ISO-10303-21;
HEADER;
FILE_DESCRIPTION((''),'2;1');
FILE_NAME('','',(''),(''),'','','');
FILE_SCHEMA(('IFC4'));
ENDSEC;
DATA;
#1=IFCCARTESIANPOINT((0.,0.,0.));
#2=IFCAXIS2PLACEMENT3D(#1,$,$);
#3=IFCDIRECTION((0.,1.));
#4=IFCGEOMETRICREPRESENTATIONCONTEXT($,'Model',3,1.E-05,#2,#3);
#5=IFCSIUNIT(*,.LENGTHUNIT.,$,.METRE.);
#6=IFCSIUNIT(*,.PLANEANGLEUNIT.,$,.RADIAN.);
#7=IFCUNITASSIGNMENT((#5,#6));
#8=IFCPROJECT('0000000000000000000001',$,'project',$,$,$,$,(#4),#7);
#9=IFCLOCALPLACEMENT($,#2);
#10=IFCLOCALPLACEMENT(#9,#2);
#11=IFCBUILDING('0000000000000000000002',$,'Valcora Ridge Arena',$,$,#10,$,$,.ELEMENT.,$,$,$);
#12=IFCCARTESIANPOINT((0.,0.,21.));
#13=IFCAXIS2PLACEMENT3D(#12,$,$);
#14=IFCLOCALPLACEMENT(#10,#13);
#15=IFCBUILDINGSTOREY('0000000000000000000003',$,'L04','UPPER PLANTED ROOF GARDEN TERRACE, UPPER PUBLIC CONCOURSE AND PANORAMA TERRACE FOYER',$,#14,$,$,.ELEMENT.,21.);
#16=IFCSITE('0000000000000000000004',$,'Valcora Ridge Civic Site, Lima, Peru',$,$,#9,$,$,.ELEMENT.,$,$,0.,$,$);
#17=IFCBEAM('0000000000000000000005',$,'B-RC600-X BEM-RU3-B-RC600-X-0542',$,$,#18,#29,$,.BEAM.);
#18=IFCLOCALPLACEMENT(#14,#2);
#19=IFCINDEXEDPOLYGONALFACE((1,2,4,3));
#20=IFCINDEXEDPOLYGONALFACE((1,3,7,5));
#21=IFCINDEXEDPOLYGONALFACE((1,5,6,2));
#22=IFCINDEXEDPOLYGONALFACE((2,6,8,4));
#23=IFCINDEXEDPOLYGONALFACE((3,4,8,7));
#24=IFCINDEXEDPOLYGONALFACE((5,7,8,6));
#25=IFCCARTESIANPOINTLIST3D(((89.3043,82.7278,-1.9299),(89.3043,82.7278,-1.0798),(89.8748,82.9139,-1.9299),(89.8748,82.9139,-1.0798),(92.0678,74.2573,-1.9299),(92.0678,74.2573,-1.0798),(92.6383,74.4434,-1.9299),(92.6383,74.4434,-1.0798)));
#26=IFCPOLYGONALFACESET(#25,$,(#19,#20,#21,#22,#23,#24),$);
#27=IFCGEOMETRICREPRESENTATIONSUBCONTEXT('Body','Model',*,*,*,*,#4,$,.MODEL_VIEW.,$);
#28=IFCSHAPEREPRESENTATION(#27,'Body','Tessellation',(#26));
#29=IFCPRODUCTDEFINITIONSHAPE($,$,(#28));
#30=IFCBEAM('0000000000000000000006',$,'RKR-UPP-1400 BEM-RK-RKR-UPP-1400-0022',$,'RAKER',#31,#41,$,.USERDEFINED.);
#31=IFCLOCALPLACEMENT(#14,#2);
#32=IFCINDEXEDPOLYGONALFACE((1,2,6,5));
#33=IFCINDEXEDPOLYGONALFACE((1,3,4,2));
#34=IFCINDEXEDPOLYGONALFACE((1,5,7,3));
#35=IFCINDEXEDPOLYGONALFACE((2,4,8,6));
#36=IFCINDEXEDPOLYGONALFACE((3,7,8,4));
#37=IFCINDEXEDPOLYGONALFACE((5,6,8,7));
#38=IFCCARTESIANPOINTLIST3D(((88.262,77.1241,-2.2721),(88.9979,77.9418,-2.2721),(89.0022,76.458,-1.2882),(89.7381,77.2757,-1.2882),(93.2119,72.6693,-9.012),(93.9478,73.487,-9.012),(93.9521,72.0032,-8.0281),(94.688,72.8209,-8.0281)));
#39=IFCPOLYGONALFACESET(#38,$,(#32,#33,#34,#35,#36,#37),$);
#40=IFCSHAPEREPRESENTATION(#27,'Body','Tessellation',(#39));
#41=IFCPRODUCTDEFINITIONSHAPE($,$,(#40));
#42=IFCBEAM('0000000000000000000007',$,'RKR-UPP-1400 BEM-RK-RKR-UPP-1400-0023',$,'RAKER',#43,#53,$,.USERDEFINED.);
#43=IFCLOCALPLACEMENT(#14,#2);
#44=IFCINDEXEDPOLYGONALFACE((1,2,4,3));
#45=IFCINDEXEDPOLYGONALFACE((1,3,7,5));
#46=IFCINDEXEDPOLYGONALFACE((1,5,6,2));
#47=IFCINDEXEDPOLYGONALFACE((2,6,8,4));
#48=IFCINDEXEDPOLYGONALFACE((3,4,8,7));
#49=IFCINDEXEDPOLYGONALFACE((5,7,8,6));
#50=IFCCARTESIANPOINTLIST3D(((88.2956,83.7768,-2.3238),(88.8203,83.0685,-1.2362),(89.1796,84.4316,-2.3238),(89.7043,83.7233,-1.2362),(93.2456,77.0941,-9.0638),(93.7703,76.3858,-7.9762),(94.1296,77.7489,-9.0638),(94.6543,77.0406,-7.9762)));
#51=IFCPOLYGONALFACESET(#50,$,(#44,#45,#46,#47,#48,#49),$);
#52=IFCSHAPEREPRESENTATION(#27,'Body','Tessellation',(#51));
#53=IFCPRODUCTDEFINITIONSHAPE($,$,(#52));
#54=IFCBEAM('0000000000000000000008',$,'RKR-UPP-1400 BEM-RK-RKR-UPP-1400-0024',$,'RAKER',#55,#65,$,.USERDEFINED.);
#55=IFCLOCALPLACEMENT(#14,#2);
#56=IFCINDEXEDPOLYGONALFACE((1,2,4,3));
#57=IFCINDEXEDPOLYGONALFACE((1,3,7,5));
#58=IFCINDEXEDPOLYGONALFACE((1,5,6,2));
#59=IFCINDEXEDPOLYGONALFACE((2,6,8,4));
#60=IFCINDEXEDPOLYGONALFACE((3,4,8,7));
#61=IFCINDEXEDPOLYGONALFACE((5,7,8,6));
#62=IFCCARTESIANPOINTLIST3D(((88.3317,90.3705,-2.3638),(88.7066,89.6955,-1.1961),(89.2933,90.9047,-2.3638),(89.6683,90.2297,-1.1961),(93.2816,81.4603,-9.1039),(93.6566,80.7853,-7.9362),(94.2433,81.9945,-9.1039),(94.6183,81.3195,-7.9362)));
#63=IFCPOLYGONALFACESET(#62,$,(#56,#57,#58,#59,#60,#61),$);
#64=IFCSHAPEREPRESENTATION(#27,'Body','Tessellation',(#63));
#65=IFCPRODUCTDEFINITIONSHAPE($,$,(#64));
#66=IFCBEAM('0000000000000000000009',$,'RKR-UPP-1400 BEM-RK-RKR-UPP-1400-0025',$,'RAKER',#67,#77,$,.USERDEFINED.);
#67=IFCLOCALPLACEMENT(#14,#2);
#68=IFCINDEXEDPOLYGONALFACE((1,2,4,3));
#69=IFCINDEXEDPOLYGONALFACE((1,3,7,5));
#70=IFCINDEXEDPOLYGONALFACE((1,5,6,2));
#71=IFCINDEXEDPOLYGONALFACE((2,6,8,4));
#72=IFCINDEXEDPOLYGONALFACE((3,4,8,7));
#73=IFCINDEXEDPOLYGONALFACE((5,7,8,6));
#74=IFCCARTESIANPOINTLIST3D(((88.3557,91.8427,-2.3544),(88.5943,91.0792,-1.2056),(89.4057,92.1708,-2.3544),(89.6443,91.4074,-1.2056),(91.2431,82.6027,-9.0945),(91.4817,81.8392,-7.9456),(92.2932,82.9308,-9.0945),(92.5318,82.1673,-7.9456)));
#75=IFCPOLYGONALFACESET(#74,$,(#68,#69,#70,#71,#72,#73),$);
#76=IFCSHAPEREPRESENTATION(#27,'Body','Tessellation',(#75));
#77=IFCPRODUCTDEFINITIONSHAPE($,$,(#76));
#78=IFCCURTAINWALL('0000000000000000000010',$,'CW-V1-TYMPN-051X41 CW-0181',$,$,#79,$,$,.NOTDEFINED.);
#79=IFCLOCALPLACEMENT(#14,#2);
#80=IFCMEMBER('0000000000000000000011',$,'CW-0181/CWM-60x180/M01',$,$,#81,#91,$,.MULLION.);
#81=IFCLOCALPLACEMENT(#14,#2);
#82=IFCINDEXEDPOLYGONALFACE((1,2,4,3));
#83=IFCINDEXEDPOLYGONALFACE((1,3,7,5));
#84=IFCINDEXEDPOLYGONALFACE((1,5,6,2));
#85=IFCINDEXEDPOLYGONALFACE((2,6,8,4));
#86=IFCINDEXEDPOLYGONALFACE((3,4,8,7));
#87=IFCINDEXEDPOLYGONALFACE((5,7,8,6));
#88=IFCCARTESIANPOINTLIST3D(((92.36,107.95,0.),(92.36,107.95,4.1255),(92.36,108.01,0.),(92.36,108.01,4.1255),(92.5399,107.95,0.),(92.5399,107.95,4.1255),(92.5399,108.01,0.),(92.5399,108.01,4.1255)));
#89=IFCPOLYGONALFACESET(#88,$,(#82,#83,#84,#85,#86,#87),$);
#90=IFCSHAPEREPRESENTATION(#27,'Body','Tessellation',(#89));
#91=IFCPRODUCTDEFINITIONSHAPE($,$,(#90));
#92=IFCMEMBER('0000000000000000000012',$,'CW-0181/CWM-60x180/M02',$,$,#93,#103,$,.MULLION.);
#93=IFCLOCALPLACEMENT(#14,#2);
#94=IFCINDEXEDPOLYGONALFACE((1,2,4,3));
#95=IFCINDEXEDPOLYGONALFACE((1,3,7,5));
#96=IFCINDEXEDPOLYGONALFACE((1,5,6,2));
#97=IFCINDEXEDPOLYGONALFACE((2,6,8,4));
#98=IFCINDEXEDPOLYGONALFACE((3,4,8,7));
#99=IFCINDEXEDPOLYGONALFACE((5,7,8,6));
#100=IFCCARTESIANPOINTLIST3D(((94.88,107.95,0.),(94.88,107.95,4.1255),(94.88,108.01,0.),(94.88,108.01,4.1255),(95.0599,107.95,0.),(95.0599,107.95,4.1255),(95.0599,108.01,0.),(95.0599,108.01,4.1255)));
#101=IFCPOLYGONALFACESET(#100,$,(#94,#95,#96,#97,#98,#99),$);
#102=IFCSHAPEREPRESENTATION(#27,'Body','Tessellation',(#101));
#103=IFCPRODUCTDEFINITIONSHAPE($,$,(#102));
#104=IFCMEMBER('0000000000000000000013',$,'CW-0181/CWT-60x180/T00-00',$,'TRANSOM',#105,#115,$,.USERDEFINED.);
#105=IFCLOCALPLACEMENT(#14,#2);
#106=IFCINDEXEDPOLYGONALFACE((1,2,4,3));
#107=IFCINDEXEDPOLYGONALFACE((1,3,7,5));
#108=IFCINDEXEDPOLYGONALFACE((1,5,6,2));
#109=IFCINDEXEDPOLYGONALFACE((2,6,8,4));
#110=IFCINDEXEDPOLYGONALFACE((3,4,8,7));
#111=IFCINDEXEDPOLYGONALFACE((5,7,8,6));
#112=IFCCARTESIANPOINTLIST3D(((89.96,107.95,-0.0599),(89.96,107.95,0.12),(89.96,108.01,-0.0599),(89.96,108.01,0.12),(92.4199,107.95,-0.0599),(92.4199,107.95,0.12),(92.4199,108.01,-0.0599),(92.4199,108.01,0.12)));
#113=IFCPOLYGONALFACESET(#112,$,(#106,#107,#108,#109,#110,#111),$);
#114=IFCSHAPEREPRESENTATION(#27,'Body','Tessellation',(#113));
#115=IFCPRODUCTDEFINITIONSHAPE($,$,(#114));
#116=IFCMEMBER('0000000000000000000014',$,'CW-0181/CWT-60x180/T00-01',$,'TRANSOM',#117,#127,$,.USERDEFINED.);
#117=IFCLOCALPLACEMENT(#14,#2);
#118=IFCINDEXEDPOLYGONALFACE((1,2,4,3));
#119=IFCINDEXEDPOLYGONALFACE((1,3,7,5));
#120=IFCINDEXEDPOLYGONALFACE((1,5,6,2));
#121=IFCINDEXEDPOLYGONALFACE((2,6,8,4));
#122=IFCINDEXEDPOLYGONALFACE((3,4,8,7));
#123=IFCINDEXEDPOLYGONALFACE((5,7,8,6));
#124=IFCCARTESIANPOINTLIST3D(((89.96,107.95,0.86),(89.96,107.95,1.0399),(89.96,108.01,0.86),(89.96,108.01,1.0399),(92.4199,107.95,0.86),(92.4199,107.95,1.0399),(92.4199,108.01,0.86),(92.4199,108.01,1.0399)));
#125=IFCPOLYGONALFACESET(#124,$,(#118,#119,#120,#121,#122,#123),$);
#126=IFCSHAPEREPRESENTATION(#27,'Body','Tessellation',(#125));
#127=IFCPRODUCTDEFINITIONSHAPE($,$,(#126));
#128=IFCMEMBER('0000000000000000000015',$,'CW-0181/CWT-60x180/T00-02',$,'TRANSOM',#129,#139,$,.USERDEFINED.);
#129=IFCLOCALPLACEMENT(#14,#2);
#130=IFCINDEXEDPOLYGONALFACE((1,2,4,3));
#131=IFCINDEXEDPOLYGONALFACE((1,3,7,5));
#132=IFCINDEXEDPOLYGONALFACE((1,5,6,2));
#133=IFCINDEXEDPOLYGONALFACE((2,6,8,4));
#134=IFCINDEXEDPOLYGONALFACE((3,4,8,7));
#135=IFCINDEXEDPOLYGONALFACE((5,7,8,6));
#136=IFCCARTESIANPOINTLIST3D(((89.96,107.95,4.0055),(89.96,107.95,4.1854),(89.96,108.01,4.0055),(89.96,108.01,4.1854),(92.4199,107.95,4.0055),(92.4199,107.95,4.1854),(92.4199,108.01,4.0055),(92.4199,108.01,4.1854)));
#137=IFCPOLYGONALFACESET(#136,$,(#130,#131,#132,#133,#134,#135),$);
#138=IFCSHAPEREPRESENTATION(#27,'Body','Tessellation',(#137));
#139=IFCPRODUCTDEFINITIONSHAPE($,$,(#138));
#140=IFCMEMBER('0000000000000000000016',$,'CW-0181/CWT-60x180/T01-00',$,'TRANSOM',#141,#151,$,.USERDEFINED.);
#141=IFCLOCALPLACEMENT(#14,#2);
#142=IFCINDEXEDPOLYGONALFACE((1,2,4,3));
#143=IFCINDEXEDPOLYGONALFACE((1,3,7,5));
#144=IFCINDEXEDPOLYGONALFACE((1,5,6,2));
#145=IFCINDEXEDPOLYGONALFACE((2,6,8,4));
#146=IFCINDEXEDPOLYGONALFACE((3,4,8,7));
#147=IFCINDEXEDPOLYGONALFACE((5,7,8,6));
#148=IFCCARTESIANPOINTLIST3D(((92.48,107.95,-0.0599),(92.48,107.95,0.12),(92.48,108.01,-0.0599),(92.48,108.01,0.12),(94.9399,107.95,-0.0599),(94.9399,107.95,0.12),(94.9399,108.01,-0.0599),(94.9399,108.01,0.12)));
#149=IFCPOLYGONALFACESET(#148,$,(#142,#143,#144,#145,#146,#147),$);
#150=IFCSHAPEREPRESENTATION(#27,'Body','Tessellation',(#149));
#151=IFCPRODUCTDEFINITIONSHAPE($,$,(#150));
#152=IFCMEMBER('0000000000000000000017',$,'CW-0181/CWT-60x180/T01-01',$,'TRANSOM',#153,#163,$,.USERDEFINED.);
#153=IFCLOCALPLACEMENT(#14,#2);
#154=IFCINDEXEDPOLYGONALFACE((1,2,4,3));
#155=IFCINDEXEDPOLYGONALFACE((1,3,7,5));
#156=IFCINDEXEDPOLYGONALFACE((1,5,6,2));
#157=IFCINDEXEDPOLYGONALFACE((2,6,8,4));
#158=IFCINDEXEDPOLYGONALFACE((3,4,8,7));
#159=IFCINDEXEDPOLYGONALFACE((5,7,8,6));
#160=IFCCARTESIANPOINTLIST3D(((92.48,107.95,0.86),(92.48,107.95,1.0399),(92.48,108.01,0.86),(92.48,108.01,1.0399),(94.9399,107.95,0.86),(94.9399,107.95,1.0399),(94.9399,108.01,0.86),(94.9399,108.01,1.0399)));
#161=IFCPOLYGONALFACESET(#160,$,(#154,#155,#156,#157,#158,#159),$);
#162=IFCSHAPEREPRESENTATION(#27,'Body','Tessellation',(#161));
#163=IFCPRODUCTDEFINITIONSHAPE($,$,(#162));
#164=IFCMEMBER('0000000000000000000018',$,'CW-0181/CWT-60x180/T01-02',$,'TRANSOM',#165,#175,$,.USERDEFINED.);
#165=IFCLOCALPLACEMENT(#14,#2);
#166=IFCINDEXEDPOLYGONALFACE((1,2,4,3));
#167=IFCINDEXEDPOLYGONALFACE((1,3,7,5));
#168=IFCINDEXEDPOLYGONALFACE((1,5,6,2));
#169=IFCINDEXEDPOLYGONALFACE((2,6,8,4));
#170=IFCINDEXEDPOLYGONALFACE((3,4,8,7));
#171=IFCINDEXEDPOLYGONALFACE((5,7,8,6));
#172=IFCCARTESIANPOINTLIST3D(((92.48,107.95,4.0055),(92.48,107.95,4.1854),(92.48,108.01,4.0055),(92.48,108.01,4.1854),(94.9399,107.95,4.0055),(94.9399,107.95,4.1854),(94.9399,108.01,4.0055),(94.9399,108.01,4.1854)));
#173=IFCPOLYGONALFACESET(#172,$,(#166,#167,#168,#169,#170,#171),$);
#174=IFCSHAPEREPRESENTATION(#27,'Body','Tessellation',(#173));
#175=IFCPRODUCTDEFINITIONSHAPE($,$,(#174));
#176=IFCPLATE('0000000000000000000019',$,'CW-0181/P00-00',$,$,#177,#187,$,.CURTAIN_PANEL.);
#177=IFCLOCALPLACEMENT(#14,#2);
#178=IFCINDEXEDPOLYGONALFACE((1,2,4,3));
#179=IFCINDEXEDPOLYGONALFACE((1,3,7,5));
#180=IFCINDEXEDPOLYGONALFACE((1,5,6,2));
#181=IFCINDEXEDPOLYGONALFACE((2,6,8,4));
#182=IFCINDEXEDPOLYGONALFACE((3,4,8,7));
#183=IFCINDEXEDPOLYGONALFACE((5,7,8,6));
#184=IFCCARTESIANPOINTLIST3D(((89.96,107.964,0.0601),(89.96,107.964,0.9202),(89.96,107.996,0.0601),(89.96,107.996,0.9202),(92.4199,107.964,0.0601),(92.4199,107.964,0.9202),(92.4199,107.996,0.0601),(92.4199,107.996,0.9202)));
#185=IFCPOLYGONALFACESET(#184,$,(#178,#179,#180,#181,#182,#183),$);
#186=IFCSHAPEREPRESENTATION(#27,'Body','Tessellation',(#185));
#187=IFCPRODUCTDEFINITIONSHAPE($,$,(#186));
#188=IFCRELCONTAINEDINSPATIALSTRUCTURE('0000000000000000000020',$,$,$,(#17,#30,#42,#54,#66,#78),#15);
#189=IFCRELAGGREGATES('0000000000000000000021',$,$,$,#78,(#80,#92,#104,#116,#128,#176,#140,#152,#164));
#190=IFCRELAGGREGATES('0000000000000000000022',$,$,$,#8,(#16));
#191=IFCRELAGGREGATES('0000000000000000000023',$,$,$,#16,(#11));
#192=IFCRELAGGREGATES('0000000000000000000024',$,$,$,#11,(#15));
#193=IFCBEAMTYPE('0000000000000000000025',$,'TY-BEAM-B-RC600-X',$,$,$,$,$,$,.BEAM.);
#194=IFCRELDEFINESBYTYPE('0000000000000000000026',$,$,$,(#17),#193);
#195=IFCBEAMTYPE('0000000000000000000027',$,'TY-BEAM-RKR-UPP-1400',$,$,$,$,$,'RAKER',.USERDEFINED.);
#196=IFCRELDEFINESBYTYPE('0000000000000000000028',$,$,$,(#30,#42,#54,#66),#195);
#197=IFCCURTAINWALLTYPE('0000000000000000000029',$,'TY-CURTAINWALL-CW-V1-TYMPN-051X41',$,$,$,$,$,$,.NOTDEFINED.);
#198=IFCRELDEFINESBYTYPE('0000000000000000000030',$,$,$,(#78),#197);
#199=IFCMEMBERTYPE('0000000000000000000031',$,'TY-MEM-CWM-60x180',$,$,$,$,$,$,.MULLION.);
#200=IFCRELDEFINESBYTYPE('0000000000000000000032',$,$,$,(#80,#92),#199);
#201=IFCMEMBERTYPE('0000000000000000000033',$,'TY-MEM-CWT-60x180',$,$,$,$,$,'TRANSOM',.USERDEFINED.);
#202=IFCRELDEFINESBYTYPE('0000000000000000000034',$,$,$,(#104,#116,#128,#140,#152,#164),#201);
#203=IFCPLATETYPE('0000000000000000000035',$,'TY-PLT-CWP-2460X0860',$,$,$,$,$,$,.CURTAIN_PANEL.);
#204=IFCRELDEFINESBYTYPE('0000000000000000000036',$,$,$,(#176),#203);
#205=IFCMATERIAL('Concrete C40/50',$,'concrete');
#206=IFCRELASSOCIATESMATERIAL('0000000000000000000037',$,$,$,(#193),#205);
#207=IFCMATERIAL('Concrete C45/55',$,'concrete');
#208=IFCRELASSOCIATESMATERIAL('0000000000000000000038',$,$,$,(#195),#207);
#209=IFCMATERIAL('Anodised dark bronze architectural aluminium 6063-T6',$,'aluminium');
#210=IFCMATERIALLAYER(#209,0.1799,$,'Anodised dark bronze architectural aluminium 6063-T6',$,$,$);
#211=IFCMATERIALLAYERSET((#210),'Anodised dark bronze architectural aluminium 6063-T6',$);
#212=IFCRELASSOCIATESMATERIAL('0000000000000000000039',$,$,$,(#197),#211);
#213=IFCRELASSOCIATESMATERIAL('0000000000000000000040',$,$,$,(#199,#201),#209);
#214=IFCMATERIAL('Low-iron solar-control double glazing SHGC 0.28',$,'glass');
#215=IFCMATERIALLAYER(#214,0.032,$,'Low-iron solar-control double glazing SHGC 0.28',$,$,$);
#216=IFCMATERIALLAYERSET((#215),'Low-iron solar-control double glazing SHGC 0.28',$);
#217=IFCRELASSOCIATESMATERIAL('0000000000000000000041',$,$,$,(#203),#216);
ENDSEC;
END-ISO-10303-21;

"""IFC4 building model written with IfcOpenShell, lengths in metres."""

from ifc_helpers import new_model, si_unit, direction, frame, origin, origin_2d, place, context, subcontext, project, spatial, rectangle, extrude, material, layer, layer_set, material_profile, profile_set, type_object, element, aggregate, save


model = new_model("IFC4")

# Units and contexts
model_context = context("Model", 3, precision=1e-05, world=origin(), true_north=direction((0.0, 1.0)))
body_context = subcontext(model_context, "Body", "Model", "MODEL_VIEW")
ifc_project = project(units=[si_unit("LENGTHUNIT", "METRE"), si_unit("PLANEANGLEUNIT", "RADIAN")], contexts=[model_context])

# Site, building, storey
site_placement = place(None, origin())
site = spatial("IfcSite", under=ifc_project, at=site_placement, Name="Valcora Ridge Civic Site, Lima, Peru", CompositionType="ELEMENT", RefElevation=0.0)
building_placement = place(site_placement, origin())
building = spatial("IfcBuilding", under=site, at=building_placement, Name="Valcora Ridge Arena", CompositionType="ELEMENT")
storey_placement = place(building_placement, frame((0.0, 0.0, 21.0)))
storey = spatial("IfcBuildingStorey", under=building, at=storey_placement, Name="L04", Description="UPPER PLANTED ROOF GARDEN TERRACE, UPPER PUBLIC CONCOURSE AND PANORAMA TERRACE FOYER", CompositionType="ELEMENT", Elevation=21.0)

# Beams
ifc_material_1 = material(Name="Concrete C40/50", Category="concrete")
ifc_material_profile_1 = material_profile(ifc_material_1, rectangle(XDim=0.6001, YDim=0.8501, at=origin_2d()), Name="RC 600x850")
ifc_profile_set_1 = profile_set([ifc_material_profile_1], Name="Concrete C40/50")
beam_type_1 = type_object("IfcBeamType", Name="TY-BEAM-B-RC600-X", PredefinedType="BEAM", material=ifc_profile_set_1)
beam_1_placement = place(storey_placement, frame((92.353, 74.3503, -1.5049), z_axis=(-0.310155, 0.950686, 0.0), x_axis=(-0.950686, -0.310155, 0.0)))
element("IfcBeam", 1, at=beam_1_placement, inside=storey, type_object=beam_type_1, Name="B-RC600-X BEM-RU3-B-RC600-X-0542", PredefinedType="BEAM", context=body_context, shape_type="SweptSolid", body=[
    extrude(rectangle(XDim=0.6001, YDim=0.8501, at=origin_2d()), origin(), (0.0, 0.0, 1.0), 8.9099),
])
ifc_material_2 = material(Name="Concrete C45/55", Category="concrete")
ifc_material_profile_2 = material_profile(ifc_material_2, rectangle(XDim=1.1001, YDim=1.3999, at=origin_2d()), Name="RC 1100x1400")
ifc_profile_set_2 = profile_set([ifc_material_profile_2], Name="Concrete C45/55")
beam_type_2 = type_object("IfcBeamType", Name="TY-BEAM-RKR-UPP-1400", ElementType="RAKER", PredefinedType="USERDEFINED", material=ifc_profile_set_2)
beam_2_placement = place(storey_placement, frame((93.95, 72.7451, -8.52), z_axis=(-0.522424, 0.470169, 0.711347), x_axis=(-0.668955, -0.743303, 0.0)))
element("IfcBeam", 2, at=beam_2_placement, inside=storey, type_object=beam_type_2, Name="RKR-UPP-1400 BEM-RK-RKR-UPP-1400-0022", ObjectType="RAKER", PredefinedType="USERDEFINED", context=body_context, shape_type="SweptSolid", body=[
    extrude(rectangle(XDim=1.1001, YDim=1.3999, at=origin_2d()), origin(), (0.0, 0.0, 1.0), 9.4749),
])
beam_3_placement = place(storey_placement, frame((93.95, 77.0674, -8.52), z_axis=(-0.462417, 0.62428, 0.629639), x_axis=(-0.803565, -0.595217, 0.0)))
element("IfcBeam", 3, at=beam_3_placement, inside=storey, type_object=beam_type_2, Name="RKR-UPP-1400 BEM-RK-RKR-UPP-1400-0023", ObjectType="RAKER", PredefinedType="USERDEFINED", context=body_context, shape_type="SweptSolid", body=[
    extrude(rectangle(XDim=1.1001, YDim=1.3999, at=origin_2d()), origin(), (0.0, 0.0, 1.0), 10.7046),
])
beam_4_placement = place(storey_placement, frame((93.95, 81.3899, -8.52), z_axis=(-0.405081, 0.729165, 0.551569), x_axis=(-0.874163, -0.485633, 0.0)))
element("IfcBeam", 4, at=beam_4_placement, inside=storey, type_object=beam_type_2, Name="RKR-UPP-1400 BEM-RK-RKR-UPP-1400-0024", ObjectType="RAKER", PredefinedType="USERDEFINED", context=body_context, shape_type="SweptSolid", body=[
    extrude(rectangle(XDim=1.1001, YDim=1.3999, at=origin_2d()), origin(), (0.0, 0.0, 1.0), 12.2197),
])
beam_5_placement = place(storey_placement, frame((91.8875, 82.385, -8.52), z_axis=(-0.244785, 0.783325, 0.571386), x_axis=(-0.954481, -0.298271, 0.0)))
element("IfcBeam", 5, at=beam_5_placement, inside=storey, type_object=beam_type_2, Name="RKR-UPP-1400 BEM-RK-RKR-UPP-1400-0025", ObjectType="RAKER", PredefinedType="USERDEFINED", context=body_context, shape_type="SweptSolid", body=[
    extrude(rectangle(XDim=1.1001, YDim=1.3999, at=origin_2d()), origin(), (0.0, 0.0, 1.0), 11.7959),
])

# Curtain wall, members, plate
ifc_material_3 = material(Name="Anodised dark bronze architectural aluminium 6063-T6", Category="aluminium")
ifc_layer_1 = layer(ifc_material_3, 0.1799, Name="Anodised dark bronze architectural aluminium 6063-T6")
ifc_layer_set_1 = layer_set([ifc_layer_1], Name="Anodised dark bronze architectural aluminium 6063-T6")
curtain_wall_type = type_object("IfcCurtainWallType", Name="TY-CURTAINWALL-CW-V1-TYMPN-051X41", PredefinedType="NOTDEFINED", material=ifc_layer_set_1)
curtain_wall_placement = place(storey_placement, origin())
curtain_wall = element("IfcCurtainWall", 6, at=curtain_wall_placement, inside=storey, type_object=curtain_wall_type, Name="CW-V1-TYMPN-051X41 CW-0181", PredefinedType="NOTDEFINED")
ifc_material_profile_3 = material_profile(ifc_material_3, rectangle(XDim=0.0601, YDim=0.1799, at=origin_2d()), Name="ALU MULLION 60x180")
ifc_profile_set_3 = profile_set([ifc_material_profile_3], Name="Anodised dark bronze architectural aluminium 6063-T6")
member_type_1 = type_object("IfcMemberType", Name="TY-MEM-CWM-60x180", PredefinedType="MULLION", material=ifc_profile_set_3)
member_1_placement = place(storey_placement, frame((92.45, 107.98, 0.0), z_axis=(0.0, 0.0, 1.0), x_axis=(0.0, 1.0, 0.0)))
member_1 = element("IfcMember", 7, at=member_1_placement, type_object=member_type_1, Name="CW-0181/CWM-60x180/M01", PredefinedType="MULLION", context=body_context, shape_type="SweptSolid", body=[
    extrude(rectangle(XDim=0.0601, YDim=0.1799, at=origin_2d()), origin(), (0.0, 0.0, 1.0), 4.1255),
])
member_2_placement = place(storey_placement, frame((94.97, 107.98, 0.0), z_axis=(0.0, 0.0, 1.0), x_axis=(0.0, 1.0, 0.0)))
member_2 = element("IfcMember", 8, at=member_2_placement, type_object=member_type_1, Name="CW-0181/CWM-60x180/M02", PredefinedType="MULLION", context=body_context, shape_type="SweptSolid", body=[
    extrude(rectangle(XDim=0.0601, YDim=0.1799, at=origin_2d()), origin(), (0.0, 0.0, 1.0), 4.1255),
])
ifc_material_profile_4 = material_profile(ifc_material_3, rectangle(XDim=0.0601, YDim=0.1799, at=origin_2d()), Name="ALU TRANSOM 60x180")
ifc_profile_set_4 = profile_set([ifc_material_profile_4], Name="Anodised dark bronze architectural aluminium 6063-T6")
member_type_2 = type_object("IfcMemberType", Name="TY-MEM-CWT-60x180", ElementType="TRANSOM", PredefinedType="USERDEFINED", material=ifc_profile_set_4)
member_3_placement = place(storey_placement, frame((89.96, 107.98, 0.03), z_axis=(1.0, 0.0, 0.0), x_axis=(0.0, 1.0, 0.0)))
member_3 = element("IfcMember", 9, at=member_3_placement, type_object=member_type_2, Name="CW-0181/CWT-60x180/T00-00", ObjectType="TRANSOM", PredefinedType="USERDEFINED", context=body_context, shape_type="SweptSolid", body=[
    extrude(rectangle(XDim=0.0601, YDim=0.1799, at=origin_2d()), origin(), (0.0, 0.0, 1.0), 2.46),
])
member_4_placement = place(storey_placement, frame((89.96, 107.98, 0.95), z_axis=(1.0, 0.0, 0.0), x_axis=(0.0, 1.0, 0.0)))
member_4 = element("IfcMember", 10, at=member_4_placement, type_object=member_type_2, Name="CW-0181/CWT-60x180/T00-01", ObjectType="TRANSOM", PredefinedType="USERDEFINED", context=body_context, shape_type="SweptSolid", body=[
    extrude(rectangle(XDim=0.0601, YDim=0.1799, at=origin_2d()), origin(), (0.0, 0.0, 1.0), 2.46),
])
member_5_placement = place(storey_placement, frame((89.96, 107.98, 4.0955), z_axis=(1.0, 0.0, 0.0), x_axis=(0.0, 1.0, 0.0)))
member_5 = element("IfcMember", 11, at=member_5_placement, type_object=member_type_2, Name="CW-0181/CWT-60x180/T00-02", ObjectType="TRANSOM", PredefinedType="USERDEFINED", context=body_context, shape_type="SweptSolid", body=[
    extrude(rectangle(XDim=0.0601, YDim=0.1799, at=origin_2d()), origin(), (0.0, 0.0, 1.0), 2.46),
])
member_6_placement = place(storey_placement, frame((92.48, 107.98, 0.03), z_axis=(1.0, 0.0, 0.0), x_axis=(0.0, 1.0, 0.0)))
member_6 = element("IfcMember", 12, at=member_6_placement, type_object=member_type_2, Name="CW-0181/CWT-60x180/T01-00", ObjectType="TRANSOM", PredefinedType="USERDEFINED", context=body_context, shape_type="SweptSolid", body=[
    extrude(rectangle(XDim=0.0601, YDim=0.1799, at=origin_2d()), origin(), (0.0, 0.0, 1.0), 2.46),
])
member_7_placement = place(storey_placement, frame((92.48, 107.98, 0.95), z_axis=(1.0, 0.0, 0.0), x_axis=(0.0, 1.0, 0.0)))
member_7 = element("IfcMember", 13, at=member_7_placement, type_object=member_type_2, Name="CW-0181/CWT-60x180/T01-01", ObjectType="TRANSOM", PredefinedType="USERDEFINED", context=body_context, shape_type="SweptSolid", body=[
    extrude(rectangle(XDim=0.0601, YDim=0.1799, at=origin_2d()), origin(), (0.0, 0.0, 1.0), 2.46),
])
member_8_placement = place(storey_placement, frame((92.48, 107.98, 4.0955), z_axis=(1.0, 0.0, 0.0), x_axis=(0.0, 1.0, 0.0)))
member_8 = element("IfcMember", 14, at=member_8_placement, type_object=member_type_2, Name="CW-0181/CWT-60x180/T01-02", ObjectType="TRANSOM", PredefinedType="USERDEFINED", context=body_context, shape_type="SweptSolid", body=[
    extrude(rectangle(XDim=0.0601, YDim=0.1799, at=origin_2d()), origin(), (0.0, 0.0, 1.0), 2.46),
])
ifc_material_4 = material(Name="Low-iron solar-control double glazing SHGC 0.28", Category="glass")
ifc_layer_2 = layer(ifc_material_4, 0.032, Name="Low-iron solar-control double glazing SHGC 0.28")
ifc_layer_set_2 = layer_set([ifc_layer_2], Name="Low-iron solar-control double glazing SHGC 0.28")
plate_type_1 = type_object("IfcPlateType", Name="TY-PLT-CWP-2460X0860", PredefinedType="CURTAIN_PANEL", material=ifc_layer_set_2)
plate_1_placement = place(storey_placement, frame((91.1899, 107.98, 0.0601), z_axis=(0.0, 0.0, 1.0), x_axis=(1.0, 0.0, 0.0)))
plate_1 = element("IfcPlate", 15, at=plate_1_placement, type_object=plate_type_1, Name="CW-0181/P00-00", PredefinedType="CURTAIN_PANEL", context=body_context, shape_type="SweptSolid", body=[
    extrude(rectangle(XDim=2.46, YDim=0.032, at=origin_2d()), origin(), (0.0, 0.0, 1.0), 0.8601),
])
aggregate(curtain_wall, [member_1, member_2, member_3, member_4, member_5, plate_1, member_6, member_7, member_8])

save(model, "model.ifc")
